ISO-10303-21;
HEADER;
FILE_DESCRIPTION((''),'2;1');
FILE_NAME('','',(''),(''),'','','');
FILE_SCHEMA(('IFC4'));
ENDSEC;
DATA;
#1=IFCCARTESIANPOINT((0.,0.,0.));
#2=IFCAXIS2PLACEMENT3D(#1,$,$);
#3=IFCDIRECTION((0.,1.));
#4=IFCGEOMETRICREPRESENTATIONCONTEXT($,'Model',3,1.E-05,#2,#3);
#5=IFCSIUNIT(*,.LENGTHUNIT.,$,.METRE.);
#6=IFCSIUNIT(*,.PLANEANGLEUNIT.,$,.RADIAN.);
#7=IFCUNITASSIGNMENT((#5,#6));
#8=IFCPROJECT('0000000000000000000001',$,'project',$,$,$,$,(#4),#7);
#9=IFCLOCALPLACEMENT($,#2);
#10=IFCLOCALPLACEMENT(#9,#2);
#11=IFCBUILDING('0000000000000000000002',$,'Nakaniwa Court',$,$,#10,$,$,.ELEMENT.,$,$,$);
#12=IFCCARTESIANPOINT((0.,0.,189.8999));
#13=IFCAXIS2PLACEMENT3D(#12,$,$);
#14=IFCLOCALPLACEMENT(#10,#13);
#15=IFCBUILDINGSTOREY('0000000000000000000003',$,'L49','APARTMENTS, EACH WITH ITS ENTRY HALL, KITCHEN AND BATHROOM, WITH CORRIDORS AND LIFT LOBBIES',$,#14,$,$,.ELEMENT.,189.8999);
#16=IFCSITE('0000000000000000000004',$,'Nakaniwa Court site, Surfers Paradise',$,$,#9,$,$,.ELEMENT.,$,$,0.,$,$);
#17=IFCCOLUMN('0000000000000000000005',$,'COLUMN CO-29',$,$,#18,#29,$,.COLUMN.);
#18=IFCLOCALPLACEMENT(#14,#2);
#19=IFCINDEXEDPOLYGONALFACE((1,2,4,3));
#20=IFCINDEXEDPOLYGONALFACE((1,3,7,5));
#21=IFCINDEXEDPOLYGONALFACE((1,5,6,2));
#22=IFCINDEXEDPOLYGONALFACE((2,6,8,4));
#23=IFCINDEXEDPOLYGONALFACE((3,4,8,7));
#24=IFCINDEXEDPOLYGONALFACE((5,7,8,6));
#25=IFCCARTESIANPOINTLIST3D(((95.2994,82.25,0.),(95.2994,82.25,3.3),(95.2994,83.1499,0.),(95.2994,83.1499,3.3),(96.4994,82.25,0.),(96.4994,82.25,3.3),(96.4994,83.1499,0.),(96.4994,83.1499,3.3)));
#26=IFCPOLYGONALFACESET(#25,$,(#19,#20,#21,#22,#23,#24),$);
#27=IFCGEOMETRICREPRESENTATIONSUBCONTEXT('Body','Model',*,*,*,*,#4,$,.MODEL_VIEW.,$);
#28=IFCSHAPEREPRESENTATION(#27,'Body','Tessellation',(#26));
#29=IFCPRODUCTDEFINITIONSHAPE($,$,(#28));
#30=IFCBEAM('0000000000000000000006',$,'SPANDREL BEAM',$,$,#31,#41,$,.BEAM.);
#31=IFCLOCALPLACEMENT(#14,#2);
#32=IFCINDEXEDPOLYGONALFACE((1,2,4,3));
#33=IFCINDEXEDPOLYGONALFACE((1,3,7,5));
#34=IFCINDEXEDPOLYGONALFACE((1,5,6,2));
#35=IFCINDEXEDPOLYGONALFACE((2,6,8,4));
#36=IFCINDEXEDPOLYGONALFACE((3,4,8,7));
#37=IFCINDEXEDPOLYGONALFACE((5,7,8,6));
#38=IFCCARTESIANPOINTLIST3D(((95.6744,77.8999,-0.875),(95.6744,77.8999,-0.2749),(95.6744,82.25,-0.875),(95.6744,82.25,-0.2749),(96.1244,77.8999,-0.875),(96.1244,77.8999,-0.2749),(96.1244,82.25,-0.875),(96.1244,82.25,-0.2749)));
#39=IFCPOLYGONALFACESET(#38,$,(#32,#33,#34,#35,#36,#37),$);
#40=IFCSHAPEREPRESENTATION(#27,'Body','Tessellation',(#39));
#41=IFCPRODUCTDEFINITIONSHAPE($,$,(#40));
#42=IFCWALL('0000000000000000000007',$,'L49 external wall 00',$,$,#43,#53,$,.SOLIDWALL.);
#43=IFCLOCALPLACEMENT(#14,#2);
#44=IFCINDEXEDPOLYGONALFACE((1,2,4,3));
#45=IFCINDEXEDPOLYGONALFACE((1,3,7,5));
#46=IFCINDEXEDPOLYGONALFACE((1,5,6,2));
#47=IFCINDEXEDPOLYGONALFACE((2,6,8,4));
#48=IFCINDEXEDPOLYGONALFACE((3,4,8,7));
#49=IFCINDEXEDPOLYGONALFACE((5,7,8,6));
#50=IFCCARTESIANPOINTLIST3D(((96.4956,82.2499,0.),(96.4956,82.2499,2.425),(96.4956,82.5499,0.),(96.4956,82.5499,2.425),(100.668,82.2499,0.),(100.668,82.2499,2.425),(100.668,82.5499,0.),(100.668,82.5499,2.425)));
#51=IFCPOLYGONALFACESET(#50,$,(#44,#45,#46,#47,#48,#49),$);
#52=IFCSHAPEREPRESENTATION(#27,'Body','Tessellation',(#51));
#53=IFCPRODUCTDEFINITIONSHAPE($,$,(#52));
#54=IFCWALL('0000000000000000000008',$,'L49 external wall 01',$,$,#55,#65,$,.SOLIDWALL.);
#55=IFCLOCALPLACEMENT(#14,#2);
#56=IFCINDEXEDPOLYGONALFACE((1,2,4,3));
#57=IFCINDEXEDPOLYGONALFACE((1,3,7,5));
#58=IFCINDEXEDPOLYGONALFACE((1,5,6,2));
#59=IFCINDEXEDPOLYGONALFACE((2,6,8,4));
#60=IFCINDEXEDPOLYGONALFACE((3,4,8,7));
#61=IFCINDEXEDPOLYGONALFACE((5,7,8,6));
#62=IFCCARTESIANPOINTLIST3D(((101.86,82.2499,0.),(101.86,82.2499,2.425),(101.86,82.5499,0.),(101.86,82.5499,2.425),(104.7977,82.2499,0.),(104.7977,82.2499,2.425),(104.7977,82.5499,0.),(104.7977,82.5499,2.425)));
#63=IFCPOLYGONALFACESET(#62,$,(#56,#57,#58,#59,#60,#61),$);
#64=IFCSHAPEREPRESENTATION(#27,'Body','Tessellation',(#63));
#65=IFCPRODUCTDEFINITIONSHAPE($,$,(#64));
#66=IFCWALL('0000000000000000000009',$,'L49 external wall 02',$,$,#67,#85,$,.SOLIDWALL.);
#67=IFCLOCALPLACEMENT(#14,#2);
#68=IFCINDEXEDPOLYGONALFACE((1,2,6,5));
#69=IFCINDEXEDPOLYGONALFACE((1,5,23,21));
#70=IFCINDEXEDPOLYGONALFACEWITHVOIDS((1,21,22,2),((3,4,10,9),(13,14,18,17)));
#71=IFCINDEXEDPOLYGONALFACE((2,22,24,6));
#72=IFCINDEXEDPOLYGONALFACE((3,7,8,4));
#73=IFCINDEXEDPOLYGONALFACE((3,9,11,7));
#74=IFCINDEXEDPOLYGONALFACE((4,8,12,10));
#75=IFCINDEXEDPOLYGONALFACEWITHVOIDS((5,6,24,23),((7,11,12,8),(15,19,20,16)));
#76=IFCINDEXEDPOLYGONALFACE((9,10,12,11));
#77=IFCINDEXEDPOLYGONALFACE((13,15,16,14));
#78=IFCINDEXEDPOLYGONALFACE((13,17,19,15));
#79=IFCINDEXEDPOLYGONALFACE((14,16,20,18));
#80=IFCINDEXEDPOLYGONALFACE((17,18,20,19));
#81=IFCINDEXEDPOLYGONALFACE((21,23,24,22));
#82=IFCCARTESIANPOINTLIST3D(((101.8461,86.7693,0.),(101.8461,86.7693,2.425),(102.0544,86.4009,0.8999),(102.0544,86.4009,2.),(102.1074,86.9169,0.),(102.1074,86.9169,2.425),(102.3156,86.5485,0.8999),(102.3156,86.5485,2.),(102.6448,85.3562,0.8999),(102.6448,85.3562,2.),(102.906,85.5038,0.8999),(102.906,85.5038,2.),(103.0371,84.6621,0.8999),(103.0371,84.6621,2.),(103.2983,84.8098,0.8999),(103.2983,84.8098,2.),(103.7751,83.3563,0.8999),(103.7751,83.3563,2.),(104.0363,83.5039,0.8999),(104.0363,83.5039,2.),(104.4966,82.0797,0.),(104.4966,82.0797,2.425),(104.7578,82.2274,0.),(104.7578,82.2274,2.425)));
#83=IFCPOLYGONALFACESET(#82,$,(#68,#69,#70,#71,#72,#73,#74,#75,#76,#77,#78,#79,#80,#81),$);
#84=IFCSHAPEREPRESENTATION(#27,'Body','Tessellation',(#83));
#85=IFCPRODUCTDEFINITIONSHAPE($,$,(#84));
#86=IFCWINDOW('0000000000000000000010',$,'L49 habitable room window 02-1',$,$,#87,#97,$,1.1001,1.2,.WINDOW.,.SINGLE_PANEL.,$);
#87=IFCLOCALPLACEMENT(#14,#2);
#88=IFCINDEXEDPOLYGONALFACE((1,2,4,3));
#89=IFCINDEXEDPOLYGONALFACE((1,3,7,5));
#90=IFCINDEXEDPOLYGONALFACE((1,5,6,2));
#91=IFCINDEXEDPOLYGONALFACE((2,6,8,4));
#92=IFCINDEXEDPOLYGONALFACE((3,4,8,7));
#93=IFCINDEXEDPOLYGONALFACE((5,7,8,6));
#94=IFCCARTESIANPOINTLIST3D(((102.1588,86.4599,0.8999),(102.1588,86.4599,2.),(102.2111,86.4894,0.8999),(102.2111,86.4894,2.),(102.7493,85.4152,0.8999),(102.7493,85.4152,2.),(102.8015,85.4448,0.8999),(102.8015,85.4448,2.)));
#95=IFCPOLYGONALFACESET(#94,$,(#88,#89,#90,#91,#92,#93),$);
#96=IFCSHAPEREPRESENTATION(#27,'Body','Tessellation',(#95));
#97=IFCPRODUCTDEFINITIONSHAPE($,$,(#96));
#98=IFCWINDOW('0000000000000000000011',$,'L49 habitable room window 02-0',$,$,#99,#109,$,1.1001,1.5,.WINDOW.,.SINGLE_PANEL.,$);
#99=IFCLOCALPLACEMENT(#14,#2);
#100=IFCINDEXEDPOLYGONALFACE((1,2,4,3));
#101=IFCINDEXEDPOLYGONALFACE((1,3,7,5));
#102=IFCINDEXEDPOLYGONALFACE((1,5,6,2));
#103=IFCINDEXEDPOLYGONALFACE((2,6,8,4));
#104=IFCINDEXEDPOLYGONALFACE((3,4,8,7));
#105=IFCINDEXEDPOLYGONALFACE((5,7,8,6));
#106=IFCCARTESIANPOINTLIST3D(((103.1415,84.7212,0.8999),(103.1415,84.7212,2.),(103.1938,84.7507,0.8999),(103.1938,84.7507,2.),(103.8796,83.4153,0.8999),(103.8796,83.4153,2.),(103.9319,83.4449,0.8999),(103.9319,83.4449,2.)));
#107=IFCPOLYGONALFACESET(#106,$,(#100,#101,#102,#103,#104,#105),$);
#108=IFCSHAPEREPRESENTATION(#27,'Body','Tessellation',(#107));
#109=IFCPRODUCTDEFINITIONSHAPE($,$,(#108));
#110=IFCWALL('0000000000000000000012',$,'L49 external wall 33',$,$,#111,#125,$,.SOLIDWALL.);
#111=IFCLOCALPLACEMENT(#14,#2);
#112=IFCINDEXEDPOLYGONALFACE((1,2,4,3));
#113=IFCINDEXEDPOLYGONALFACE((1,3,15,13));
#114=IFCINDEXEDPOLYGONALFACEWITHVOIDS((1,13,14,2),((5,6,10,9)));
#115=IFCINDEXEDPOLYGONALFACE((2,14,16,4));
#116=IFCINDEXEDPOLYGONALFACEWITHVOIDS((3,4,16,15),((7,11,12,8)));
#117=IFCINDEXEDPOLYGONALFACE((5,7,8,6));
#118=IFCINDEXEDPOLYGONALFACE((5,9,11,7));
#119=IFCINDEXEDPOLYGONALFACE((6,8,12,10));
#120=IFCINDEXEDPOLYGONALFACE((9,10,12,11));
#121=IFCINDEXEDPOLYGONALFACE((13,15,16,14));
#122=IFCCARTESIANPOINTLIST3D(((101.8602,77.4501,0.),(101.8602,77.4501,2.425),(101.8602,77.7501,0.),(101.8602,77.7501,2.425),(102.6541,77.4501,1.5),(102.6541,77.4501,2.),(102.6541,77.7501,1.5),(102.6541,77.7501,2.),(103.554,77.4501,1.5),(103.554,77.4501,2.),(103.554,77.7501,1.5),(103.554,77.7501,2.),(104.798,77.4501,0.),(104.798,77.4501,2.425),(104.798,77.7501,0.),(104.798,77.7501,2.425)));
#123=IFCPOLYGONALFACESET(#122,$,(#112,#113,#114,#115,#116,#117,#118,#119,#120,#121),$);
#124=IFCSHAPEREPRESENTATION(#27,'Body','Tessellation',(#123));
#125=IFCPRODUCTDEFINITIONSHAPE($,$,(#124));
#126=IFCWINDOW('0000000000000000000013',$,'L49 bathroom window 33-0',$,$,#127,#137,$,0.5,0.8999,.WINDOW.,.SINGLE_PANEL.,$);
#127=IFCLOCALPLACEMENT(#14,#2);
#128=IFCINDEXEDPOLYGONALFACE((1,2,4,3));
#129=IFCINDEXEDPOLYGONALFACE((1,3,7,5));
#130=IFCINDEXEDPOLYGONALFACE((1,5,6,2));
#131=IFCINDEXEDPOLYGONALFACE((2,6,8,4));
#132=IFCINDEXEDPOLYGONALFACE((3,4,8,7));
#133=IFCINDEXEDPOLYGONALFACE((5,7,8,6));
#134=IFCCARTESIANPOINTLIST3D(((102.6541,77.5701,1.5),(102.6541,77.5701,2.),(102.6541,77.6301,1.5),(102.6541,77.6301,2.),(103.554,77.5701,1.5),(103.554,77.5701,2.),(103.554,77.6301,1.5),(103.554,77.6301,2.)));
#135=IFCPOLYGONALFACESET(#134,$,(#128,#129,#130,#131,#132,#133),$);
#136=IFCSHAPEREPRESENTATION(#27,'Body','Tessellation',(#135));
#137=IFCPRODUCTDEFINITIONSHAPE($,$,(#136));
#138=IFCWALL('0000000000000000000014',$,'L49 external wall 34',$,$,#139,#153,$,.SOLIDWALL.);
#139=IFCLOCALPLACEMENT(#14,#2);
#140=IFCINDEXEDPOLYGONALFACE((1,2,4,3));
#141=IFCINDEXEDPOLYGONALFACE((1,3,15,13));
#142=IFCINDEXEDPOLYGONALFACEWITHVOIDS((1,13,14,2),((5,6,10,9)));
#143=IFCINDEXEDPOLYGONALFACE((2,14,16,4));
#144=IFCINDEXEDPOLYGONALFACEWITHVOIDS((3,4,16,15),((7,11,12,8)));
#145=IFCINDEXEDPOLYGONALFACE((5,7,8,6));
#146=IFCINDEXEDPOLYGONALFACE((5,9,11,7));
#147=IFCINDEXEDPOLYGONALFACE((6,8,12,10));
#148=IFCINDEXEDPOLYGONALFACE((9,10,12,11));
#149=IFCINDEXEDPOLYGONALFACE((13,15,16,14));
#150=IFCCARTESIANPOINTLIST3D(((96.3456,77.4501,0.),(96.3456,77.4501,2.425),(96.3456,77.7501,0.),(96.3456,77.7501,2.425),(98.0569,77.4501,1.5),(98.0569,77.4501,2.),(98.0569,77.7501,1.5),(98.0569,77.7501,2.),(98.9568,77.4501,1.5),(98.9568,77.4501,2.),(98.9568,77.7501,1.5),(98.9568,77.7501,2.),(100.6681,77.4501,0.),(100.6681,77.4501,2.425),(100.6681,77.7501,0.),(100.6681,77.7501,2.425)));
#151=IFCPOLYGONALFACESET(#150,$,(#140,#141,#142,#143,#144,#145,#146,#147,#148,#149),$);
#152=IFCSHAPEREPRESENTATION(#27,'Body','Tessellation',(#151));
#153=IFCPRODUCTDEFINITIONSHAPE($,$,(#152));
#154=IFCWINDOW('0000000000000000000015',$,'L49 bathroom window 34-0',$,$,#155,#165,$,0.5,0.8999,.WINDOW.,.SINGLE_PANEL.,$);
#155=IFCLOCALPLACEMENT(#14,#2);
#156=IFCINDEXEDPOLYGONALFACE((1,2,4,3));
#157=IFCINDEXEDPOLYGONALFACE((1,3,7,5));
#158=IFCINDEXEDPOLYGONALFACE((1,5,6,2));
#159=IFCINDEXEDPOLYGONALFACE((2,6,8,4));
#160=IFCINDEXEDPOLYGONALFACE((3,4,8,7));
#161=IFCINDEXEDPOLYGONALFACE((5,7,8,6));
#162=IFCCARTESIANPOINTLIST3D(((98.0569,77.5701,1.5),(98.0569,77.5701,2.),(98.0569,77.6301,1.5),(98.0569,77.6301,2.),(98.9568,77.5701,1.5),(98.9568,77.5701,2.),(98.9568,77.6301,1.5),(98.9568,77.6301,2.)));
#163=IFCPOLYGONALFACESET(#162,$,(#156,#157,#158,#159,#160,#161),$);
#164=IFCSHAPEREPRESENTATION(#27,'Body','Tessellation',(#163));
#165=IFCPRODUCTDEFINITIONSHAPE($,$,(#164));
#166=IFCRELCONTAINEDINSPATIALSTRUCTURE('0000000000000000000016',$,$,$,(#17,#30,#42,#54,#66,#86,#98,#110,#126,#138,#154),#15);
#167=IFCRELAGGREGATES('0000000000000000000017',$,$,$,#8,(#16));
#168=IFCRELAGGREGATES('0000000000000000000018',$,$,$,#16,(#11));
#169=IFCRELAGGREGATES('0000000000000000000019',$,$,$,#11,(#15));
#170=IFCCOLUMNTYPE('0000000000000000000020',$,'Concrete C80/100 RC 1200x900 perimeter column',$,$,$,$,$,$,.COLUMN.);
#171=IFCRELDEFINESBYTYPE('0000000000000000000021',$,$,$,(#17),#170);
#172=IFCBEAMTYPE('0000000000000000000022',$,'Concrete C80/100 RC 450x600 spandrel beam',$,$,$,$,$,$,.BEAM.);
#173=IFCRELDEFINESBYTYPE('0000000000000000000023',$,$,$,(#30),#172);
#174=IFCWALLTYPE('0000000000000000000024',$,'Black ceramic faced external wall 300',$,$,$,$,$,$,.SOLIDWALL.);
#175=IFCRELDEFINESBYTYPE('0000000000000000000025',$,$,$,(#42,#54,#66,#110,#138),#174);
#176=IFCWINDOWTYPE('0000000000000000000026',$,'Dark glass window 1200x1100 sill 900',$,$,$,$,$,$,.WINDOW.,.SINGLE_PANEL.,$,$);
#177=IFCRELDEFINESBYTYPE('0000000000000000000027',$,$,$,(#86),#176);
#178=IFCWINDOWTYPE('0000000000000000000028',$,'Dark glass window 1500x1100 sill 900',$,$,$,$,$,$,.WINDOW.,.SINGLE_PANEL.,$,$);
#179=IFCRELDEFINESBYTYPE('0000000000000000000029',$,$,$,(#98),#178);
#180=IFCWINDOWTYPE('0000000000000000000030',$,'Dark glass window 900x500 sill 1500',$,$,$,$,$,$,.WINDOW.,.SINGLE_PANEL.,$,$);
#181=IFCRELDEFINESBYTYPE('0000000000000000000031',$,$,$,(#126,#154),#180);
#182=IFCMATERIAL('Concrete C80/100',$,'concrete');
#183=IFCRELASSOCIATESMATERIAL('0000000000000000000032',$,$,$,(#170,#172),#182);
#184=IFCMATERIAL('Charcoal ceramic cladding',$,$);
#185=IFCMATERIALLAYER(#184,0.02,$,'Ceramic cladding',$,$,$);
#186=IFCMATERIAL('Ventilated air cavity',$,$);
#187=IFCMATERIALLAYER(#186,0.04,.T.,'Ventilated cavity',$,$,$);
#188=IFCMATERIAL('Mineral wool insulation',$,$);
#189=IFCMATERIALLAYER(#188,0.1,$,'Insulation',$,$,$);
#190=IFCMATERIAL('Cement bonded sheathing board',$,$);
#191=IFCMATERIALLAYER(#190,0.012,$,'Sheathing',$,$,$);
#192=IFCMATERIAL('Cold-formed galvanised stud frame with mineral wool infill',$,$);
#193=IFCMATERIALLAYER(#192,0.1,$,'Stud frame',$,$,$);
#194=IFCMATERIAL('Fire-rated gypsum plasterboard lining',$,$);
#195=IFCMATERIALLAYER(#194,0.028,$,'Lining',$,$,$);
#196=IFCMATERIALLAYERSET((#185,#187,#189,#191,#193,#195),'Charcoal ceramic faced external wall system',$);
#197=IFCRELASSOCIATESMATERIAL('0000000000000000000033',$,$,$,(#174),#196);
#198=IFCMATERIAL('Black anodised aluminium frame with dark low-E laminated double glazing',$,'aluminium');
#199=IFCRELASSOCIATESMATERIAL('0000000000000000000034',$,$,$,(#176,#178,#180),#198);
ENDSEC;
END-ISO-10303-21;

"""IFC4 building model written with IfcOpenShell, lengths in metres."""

from ifc_helpers import new_model, si_unit, direction, frame, frame_2d, origin, origin_2d, place, context, subcontext, project, spatial, rectangle, extrude, material, layer, layer_set, material_profile, profile_set, type_object, element, fill, save


model = new_model("IFC4")

# Units and contexts
model_context = context("Model", 3, precision=1e-05, world=origin(), true_north=direction((0.0, 1.0)))
body_context = subcontext(model_context, "Body", "Model", "MODEL_VIEW")
ifc_project = project(units=[si_unit("LENGTHUNIT", "METRE"), si_unit("PLANEANGLEUNIT", "RADIAN")], contexts=[model_context])

# Site, building, storey
site_placement = place(None, origin())
site = spatial("IfcSite", under=ifc_project, at=site_placement, Name="Nakaniwa Court site, Surfers Paradise", CompositionType="ELEMENT", RefElevation=0.0)
building_placement = place(site_placement, origin())
building = spatial("IfcBuilding", under=site, at=building_placement, Name="Nakaniwa Court", CompositionType="ELEMENT")
storey_placement = place(building_placement, frame((0.0, 0.0, 189.8999)))
storey = spatial("IfcBuildingStorey", under=building, at=storey_placement, Name="L49", Description="APARTMENTS, EACH WITH ITS ENTRY HALL, KITCHEN AND BATHROOM, WITH CORRIDORS AND LIFT LOBBIES", CompositionType="ELEMENT", Elevation=189.8999)

# Column
ifc_material_1 = material(Name="Concrete C80/100", Category="concrete")
ifc_material_profile_1 = material_profile(ifc_material_1, rectangle(XDim=1.2, YDim=0.8999, at=origin_2d()), Name="Concrete C80/100 RC 1200x900 perimeter column")
ifc_profile_set_1 = profile_set([ifc_material_profile_1], Name="Concrete C80/100")
column_type = type_object("IfcColumnType", Name="Concrete C80/100 RC 1200x900 perimeter column", PredefinedType="COLUMN", material=ifc_profile_set_1)
column_placement = place(storey_placement, frame((95.8994, 82.7, 0.0), z_axis=(0.0, 0.0, 1.0), x_axis=(1.0, 0.0, 0.0)))
element("IfcColumn", 1, at=column_placement, inside=storey, type_object=column_type, Name="COLUMN CO-29", PredefinedType="COLUMN", context=body_context, shape_type="SweptSolid", body=[
    extrude(rectangle(XDim=1.2, YDim=0.8999, at=origin_2d()), origin(), (0.0, 0.0, 1.0), 3.3),
])

# Beam
ifc_material_profile_2 = material_profile(ifc_material_1, rectangle(XDim=0.45, YDim=0.6001, at=origin_2d()), Name="Concrete C80/100 RC 450x600 spandrel beam")
ifc_profile_set_2 = profile_set([ifc_material_profile_2], Name="Concrete C80/100")
beam_type = type_object("IfcBeamType", Name="Concrete C80/100 RC 450x600 spandrel beam", PredefinedType="BEAM", material=ifc_profile_set_2)
beam_placement = place(storey_placement, frame((95.8994, 77.8999, -0.575), z_axis=(0.0, 1.0, 0.0), x_axis=(-1.0, 0.0, 0.0)))
element("IfcBeam", 2, at=beam_placement, inside=storey, type_object=beam_type, Name="SPANDREL BEAM", PredefinedType="BEAM", context=body_context, shape_type="SweptSolid", body=[
    extrude(rectangle(XDim=0.45, YDim=0.6001, at=origin_2d()), origin(), (0.0, 0.0, 1.0), 4.3501),
])

# Walls
ifc_material_2 = material(Name="Charcoal ceramic cladding")
ifc_layer_1 = layer(ifc_material_2, 0.02, Name="Ceramic cladding")
ifc_material_3 = material(Name="Ventilated air cavity")
ifc_layer_2 = layer(ifc_material_3, 0.04, ventilated=True, Name="Ventilated cavity")
ifc_material_4 = material(Name="Mineral wool insulation")
ifc_layer_3 = layer(ifc_material_4, 0.1, Name="Insulation")
ifc_material_5 = material(Name="Cement bonded sheathing board")
ifc_layer_4 = layer(ifc_material_5, 0.012, Name="Sheathing")
ifc_material_6 = material(Name="Cold-formed galvanised stud frame with mineral wool infill")
ifc_layer_5 = layer(ifc_material_6, 0.1, Name="Stud frame")
ifc_material_7 = material(Name="Fire-rated gypsum plasterboard lining")
ifc_layer_6 = layer(ifc_material_7, 0.028, Name="Lining")
ifc_layer_set_1 = layer_set([ifc_layer_1, ifc_layer_2, ifc_layer_3, ifc_layer_4, ifc_layer_5, ifc_layer_6], Name="Charcoal ceramic faced external wall system")
wall_type_1 = type_object("IfcWallType", Name="Black ceramic faced external wall 300", PredefinedType="SOLIDWALL", material=ifc_layer_set_1)
wall_1_placement = place(storey_placement, frame((96.4956, 82.3999, 0.0), z_axis=(0.0, 0.0, 1.0), x_axis=(1.0, 0.0, 0.0)))
element("IfcWall", 3, at=wall_1_placement, inside=storey, type_object=wall_type_1, Name="L49 external wall 00", PredefinedType="SOLIDWALL", context=body_context, shape_type="SweptSolid", body=[
    extrude(rectangle(XDim=4.1724, YDim=0.3, at=frame_2d((2.0862, 0.0))), origin(), (0.0, 0.0, 1.0), 2.425),
])
wall_2_placement = place(storey_placement, frame((101.8601, 82.3999, 0.0), z_axis=(0.0, 0.0, 1.0), x_axis=(1.0, 0.0, 0.0)))
element("IfcWall", 4, at=wall_2_placement, inside=storey, type_object=wall_type_1, Name="L49 external wall 01", PredefinedType="SOLIDWALL", context=body_context, shape_type="SweptSolid", body=[
    extrude(rectangle(XDim=2.9377, YDim=0.3, at=frame_2d((1.4688, 0.0))), origin(), (0.0, 0.0, 1.0), 2.425),
])

# Wall, openings, windows
wall_3_placement = place(storey_placement, frame((104.6272, 82.1536, 0.0), z_axis=(0.0, 0.0, 1.0), x_axis=(-0.492033, 0.870576, 0.0)))
wall_3 = element("IfcWall", 5, at=wall_3_placement, inside=storey, type_object=wall_type_1, Name="L49 external wall 02", PredefinedType="SOLIDWALL", context=body_context, shape_type="SweptSolid", body=[
    extrude(rectangle(XDim=5.3867, YDim=0.3, at=frame_2d((2.6934, 0.0))), origin(), (0.0, 0.0, 1.0), 2.425),
])
opening_1_placement = place(wall_3_placement, frame((1.4663, 0.0, 0.8999)))
opening_1 = element("IfcOpeningElement", 6, at=opening_1_placement, cuts=wall_3, PredefinedType="OPENING", context=body_context, shape_type="SweptSolid", body=[
    extrude(rectangle(XDim=1.5, YDim=1.1001, at=frame_2d((0.75, 0.55))), frame((0.0, 0.1599, 0.0), z_axis=(0.0, -1.0, 0.0), x_axis=(1.0, 0.0, 0.0)), (0.0, 0.0, 1.0), 0.3201),
])
opening_2_placement = place(wall_3_placement, frame((3.7634, 0.0, 0.8999)))
opening_2 = element("IfcOpeningElement", 7, at=opening_2_placement, cuts=wall_3, PredefinedType="OPENING", context=body_context, shape_type="SweptSolid", body=[
    extrude(rectangle(XDim=1.2, YDim=1.1001, at=frame_2d((0.6001, 0.55))), frame((0.0, 0.1599, 0.0), z_axis=(0.0, -1.0, 0.0), x_axis=(1.0, 0.0, 0.0)), (0.0, 0.0, 1.0), 0.3201),
])
ifc_material_8 = material(Name="Black anodised aluminium frame with dark low-E laminated double glazing", Category="aluminium")
window_type_1 = type_object("IfcWindowType", Name="Dark glass window 1200x1100 sill 900", PartitioningType="SINGLE_PANEL", PredefinedType="WINDOW", material=ifc_material_8)
window_1_placement = place(opening_2_placement, origin())
window_1 = element("IfcWindow", 8, at=window_1_placement, inside=storey, type_object=window_type_1, Name="L49 habitable room window 02-1", OverallHeight=1.1001, OverallWidth=1.2, PartitioningType="SINGLE_PANEL", PredefinedType="WINDOW", context=body_context, shape_type="SweptSolid", body=[
    extrude(rectangle(XDim=1.2, YDim=1.1001, at=frame_2d((0.6001, 0.55))), frame((0.0, 0.03, 0.0), z_axis=(0.0, -1.0, 0.0), x_axis=(1.0, 0.0, 0.0)), (0.0, 0.0, 1.0), 0.0601),
])
fill(opening_2, window_1)
window_type_2 = type_object("IfcWindowType", Name="Dark glass window 1500x1100 sill 900", PartitioningType="SINGLE_PANEL", PredefinedType="WINDOW", material=ifc_material_8)
window_2_placement = place(opening_1_placement, origin())
window_2 = element("IfcWindow", 9, at=window_2_placement, inside=storey, type_object=window_type_2, Name="L49 habitable room window 02-0", OverallHeight=1.1001, OverallWidth=1.5, PartitioningType="SINGLE_PANEL", PredefinedType="WINDOW", context=body_context, shape_type="SweptSolid", body=[
    extrude(rectangle(XDim=1.5, YDim=1.1001, at=frame_2d((0.75, 0.55))), frame((0.0, 0.03, 0.0), z_axis=(0.0, -1.0, 0.0), x_axis=(1.0, 0.0, 0.0)), (0.0, 0.0, 1.0), 0.0601),
])
fill(opening_1, window_2)

# Walls, openings, windows
wall_4_placement = place(storey_placement, frame((104.7979, 77.6001, 0.0), z_axis=(0.0, 0.0, 1.0), x_axis=(-1.0, 0.0, 0.0)))
wall_4 = element("IfcWall", 10, at=wall_4_placement, inside=storey, type_object=wall_type_1, Name="L49 external wall 33", PredefinedType="SOLIDWALL", context=body_context, shape_type="SweptSolid", body=[
    extrude(rectangle(XDim=2.9377, YDim=0.3, at=frame_2d((1.4688, 0.0))), origin(), (0.0, 0.0, 1.0), 2.425),
])
opening_3_placement = place(wall_4_placement, frame((1.2439, 0.0, 1.5)))
opening_3 = element("IfcOpeningElement", 11, at=opening_3_placement, cuts=wall_4, PredefinedType="OPENING", context=body_context, shape_type="SweptSolid", body=[
    extrude(rectangle(XDim=0.8999, YDim=0.5, at=frame_2d((0.45, 0.25))), frame((0.0, 0.1599, 0.0), z_axis=(0.0, -1.0, 0.0), x_axis=(1.0, 0.0, 0.0)), (0.0, 0.0, 1.0), 0.3201),
])
window_type_3 = type_object("IfcWindowType", Name="Dark glass window 900x500 sill 1500", PartitioningType="SINGLE_PANEL", PredefinedType="WINDOW", material=ifc_material_8)
window_3_placement = place(opening_3_placement, origin())
window_3 = element("IfcWindow", 12, at=window_3_placement, inside=storey, type_object=window_type_3, Name="L49 bathroom window 33-0", OverallHeight=0.5, OverallWidth=0.8999, PartitioningType="SINGLE_PANEL", PredefinedType="WINDOW", context=body_context, shape_type="SweptSolid", body=[
    extrude(rectangle(XDim=0.8999, YDim=0.5, at=frame_2d((0.45, 0.25))), frame((0.0, 0.03, 0.0), z_axis=(0.0, -1.0, 0.0), x_axis=(1.0, 0.0, 0.0)), (0.0, 0.0, 1.0), 0.0601),
])
fill(opening_3, window_3)
wall_5_placement = place(storey_placement, frame((100.668, 77.6001, 0.0), z_axis=(0.0, 0.0, 1.0), x_axis=(-1.0, 0.0, 0.0)))
wall_5 = element("IfcWall", 13, at=wall_5_placement, inside=storey, type_object=wall_type_1, Name="L49 external wall 34", PredefinedType="SOLIDWALL", context=body_context, shape_type="SweptSolid", body=[
    extrude(rectangle(XDim=4.3225, YDim=0.3, at=frame_2d((2.1611, 0.0))), origin(), (0.0, 0.0, 1.0), 2.425),
])
opening_4_placement = place(wall_5_placement, frame((1.7112, 0.0, 1.5)))
opening_4 = element("IfcOpeningElement", 14, at=opening_4_placement, cuts=wall_5, PredefinedType="OPENING", context=body_context, shape_type="SweptSolid", body=[
    extrude(rectangle(XDim=0.8999, YDim=0.5, at=frame_2d((0.45, 0.25))), frame((0.0, 0.1599, 0.0), z_axis=(0.0, -1.0, 0.0), x_axis=(1.0, 0.0, 0.0)), (0.0, 0.0, 1.0), 0.3201),
])
window_4_placement = place(opening_4_placement, origin())
window_4 = element("IfcWindow", 15, at=window_4_placement, inside=storey, type_object=window_type_3, Name="L49 bathroom window 34-0", OverallHeight=0.5, OverallWidth=0.8999, PartitioningType="SINGLE_PANEL", PredefinedType="WINDOW", context=body_context, shape_type="SweptSolid", body=[
    extrude(rectangle(XDim=0.8999, YDim=0.5, at=frame_2d((0.45, 0.25))), frame((0.0, 0.03, 0.0), z_axis=(0.0, -1.0, 0.0), x_axis=(1.0, 0.0, 0.0)), (0.0, 0.0, 1.0), 0.0601),
])
fill(opening_4, window_4)

save(model, "model.ifc")
